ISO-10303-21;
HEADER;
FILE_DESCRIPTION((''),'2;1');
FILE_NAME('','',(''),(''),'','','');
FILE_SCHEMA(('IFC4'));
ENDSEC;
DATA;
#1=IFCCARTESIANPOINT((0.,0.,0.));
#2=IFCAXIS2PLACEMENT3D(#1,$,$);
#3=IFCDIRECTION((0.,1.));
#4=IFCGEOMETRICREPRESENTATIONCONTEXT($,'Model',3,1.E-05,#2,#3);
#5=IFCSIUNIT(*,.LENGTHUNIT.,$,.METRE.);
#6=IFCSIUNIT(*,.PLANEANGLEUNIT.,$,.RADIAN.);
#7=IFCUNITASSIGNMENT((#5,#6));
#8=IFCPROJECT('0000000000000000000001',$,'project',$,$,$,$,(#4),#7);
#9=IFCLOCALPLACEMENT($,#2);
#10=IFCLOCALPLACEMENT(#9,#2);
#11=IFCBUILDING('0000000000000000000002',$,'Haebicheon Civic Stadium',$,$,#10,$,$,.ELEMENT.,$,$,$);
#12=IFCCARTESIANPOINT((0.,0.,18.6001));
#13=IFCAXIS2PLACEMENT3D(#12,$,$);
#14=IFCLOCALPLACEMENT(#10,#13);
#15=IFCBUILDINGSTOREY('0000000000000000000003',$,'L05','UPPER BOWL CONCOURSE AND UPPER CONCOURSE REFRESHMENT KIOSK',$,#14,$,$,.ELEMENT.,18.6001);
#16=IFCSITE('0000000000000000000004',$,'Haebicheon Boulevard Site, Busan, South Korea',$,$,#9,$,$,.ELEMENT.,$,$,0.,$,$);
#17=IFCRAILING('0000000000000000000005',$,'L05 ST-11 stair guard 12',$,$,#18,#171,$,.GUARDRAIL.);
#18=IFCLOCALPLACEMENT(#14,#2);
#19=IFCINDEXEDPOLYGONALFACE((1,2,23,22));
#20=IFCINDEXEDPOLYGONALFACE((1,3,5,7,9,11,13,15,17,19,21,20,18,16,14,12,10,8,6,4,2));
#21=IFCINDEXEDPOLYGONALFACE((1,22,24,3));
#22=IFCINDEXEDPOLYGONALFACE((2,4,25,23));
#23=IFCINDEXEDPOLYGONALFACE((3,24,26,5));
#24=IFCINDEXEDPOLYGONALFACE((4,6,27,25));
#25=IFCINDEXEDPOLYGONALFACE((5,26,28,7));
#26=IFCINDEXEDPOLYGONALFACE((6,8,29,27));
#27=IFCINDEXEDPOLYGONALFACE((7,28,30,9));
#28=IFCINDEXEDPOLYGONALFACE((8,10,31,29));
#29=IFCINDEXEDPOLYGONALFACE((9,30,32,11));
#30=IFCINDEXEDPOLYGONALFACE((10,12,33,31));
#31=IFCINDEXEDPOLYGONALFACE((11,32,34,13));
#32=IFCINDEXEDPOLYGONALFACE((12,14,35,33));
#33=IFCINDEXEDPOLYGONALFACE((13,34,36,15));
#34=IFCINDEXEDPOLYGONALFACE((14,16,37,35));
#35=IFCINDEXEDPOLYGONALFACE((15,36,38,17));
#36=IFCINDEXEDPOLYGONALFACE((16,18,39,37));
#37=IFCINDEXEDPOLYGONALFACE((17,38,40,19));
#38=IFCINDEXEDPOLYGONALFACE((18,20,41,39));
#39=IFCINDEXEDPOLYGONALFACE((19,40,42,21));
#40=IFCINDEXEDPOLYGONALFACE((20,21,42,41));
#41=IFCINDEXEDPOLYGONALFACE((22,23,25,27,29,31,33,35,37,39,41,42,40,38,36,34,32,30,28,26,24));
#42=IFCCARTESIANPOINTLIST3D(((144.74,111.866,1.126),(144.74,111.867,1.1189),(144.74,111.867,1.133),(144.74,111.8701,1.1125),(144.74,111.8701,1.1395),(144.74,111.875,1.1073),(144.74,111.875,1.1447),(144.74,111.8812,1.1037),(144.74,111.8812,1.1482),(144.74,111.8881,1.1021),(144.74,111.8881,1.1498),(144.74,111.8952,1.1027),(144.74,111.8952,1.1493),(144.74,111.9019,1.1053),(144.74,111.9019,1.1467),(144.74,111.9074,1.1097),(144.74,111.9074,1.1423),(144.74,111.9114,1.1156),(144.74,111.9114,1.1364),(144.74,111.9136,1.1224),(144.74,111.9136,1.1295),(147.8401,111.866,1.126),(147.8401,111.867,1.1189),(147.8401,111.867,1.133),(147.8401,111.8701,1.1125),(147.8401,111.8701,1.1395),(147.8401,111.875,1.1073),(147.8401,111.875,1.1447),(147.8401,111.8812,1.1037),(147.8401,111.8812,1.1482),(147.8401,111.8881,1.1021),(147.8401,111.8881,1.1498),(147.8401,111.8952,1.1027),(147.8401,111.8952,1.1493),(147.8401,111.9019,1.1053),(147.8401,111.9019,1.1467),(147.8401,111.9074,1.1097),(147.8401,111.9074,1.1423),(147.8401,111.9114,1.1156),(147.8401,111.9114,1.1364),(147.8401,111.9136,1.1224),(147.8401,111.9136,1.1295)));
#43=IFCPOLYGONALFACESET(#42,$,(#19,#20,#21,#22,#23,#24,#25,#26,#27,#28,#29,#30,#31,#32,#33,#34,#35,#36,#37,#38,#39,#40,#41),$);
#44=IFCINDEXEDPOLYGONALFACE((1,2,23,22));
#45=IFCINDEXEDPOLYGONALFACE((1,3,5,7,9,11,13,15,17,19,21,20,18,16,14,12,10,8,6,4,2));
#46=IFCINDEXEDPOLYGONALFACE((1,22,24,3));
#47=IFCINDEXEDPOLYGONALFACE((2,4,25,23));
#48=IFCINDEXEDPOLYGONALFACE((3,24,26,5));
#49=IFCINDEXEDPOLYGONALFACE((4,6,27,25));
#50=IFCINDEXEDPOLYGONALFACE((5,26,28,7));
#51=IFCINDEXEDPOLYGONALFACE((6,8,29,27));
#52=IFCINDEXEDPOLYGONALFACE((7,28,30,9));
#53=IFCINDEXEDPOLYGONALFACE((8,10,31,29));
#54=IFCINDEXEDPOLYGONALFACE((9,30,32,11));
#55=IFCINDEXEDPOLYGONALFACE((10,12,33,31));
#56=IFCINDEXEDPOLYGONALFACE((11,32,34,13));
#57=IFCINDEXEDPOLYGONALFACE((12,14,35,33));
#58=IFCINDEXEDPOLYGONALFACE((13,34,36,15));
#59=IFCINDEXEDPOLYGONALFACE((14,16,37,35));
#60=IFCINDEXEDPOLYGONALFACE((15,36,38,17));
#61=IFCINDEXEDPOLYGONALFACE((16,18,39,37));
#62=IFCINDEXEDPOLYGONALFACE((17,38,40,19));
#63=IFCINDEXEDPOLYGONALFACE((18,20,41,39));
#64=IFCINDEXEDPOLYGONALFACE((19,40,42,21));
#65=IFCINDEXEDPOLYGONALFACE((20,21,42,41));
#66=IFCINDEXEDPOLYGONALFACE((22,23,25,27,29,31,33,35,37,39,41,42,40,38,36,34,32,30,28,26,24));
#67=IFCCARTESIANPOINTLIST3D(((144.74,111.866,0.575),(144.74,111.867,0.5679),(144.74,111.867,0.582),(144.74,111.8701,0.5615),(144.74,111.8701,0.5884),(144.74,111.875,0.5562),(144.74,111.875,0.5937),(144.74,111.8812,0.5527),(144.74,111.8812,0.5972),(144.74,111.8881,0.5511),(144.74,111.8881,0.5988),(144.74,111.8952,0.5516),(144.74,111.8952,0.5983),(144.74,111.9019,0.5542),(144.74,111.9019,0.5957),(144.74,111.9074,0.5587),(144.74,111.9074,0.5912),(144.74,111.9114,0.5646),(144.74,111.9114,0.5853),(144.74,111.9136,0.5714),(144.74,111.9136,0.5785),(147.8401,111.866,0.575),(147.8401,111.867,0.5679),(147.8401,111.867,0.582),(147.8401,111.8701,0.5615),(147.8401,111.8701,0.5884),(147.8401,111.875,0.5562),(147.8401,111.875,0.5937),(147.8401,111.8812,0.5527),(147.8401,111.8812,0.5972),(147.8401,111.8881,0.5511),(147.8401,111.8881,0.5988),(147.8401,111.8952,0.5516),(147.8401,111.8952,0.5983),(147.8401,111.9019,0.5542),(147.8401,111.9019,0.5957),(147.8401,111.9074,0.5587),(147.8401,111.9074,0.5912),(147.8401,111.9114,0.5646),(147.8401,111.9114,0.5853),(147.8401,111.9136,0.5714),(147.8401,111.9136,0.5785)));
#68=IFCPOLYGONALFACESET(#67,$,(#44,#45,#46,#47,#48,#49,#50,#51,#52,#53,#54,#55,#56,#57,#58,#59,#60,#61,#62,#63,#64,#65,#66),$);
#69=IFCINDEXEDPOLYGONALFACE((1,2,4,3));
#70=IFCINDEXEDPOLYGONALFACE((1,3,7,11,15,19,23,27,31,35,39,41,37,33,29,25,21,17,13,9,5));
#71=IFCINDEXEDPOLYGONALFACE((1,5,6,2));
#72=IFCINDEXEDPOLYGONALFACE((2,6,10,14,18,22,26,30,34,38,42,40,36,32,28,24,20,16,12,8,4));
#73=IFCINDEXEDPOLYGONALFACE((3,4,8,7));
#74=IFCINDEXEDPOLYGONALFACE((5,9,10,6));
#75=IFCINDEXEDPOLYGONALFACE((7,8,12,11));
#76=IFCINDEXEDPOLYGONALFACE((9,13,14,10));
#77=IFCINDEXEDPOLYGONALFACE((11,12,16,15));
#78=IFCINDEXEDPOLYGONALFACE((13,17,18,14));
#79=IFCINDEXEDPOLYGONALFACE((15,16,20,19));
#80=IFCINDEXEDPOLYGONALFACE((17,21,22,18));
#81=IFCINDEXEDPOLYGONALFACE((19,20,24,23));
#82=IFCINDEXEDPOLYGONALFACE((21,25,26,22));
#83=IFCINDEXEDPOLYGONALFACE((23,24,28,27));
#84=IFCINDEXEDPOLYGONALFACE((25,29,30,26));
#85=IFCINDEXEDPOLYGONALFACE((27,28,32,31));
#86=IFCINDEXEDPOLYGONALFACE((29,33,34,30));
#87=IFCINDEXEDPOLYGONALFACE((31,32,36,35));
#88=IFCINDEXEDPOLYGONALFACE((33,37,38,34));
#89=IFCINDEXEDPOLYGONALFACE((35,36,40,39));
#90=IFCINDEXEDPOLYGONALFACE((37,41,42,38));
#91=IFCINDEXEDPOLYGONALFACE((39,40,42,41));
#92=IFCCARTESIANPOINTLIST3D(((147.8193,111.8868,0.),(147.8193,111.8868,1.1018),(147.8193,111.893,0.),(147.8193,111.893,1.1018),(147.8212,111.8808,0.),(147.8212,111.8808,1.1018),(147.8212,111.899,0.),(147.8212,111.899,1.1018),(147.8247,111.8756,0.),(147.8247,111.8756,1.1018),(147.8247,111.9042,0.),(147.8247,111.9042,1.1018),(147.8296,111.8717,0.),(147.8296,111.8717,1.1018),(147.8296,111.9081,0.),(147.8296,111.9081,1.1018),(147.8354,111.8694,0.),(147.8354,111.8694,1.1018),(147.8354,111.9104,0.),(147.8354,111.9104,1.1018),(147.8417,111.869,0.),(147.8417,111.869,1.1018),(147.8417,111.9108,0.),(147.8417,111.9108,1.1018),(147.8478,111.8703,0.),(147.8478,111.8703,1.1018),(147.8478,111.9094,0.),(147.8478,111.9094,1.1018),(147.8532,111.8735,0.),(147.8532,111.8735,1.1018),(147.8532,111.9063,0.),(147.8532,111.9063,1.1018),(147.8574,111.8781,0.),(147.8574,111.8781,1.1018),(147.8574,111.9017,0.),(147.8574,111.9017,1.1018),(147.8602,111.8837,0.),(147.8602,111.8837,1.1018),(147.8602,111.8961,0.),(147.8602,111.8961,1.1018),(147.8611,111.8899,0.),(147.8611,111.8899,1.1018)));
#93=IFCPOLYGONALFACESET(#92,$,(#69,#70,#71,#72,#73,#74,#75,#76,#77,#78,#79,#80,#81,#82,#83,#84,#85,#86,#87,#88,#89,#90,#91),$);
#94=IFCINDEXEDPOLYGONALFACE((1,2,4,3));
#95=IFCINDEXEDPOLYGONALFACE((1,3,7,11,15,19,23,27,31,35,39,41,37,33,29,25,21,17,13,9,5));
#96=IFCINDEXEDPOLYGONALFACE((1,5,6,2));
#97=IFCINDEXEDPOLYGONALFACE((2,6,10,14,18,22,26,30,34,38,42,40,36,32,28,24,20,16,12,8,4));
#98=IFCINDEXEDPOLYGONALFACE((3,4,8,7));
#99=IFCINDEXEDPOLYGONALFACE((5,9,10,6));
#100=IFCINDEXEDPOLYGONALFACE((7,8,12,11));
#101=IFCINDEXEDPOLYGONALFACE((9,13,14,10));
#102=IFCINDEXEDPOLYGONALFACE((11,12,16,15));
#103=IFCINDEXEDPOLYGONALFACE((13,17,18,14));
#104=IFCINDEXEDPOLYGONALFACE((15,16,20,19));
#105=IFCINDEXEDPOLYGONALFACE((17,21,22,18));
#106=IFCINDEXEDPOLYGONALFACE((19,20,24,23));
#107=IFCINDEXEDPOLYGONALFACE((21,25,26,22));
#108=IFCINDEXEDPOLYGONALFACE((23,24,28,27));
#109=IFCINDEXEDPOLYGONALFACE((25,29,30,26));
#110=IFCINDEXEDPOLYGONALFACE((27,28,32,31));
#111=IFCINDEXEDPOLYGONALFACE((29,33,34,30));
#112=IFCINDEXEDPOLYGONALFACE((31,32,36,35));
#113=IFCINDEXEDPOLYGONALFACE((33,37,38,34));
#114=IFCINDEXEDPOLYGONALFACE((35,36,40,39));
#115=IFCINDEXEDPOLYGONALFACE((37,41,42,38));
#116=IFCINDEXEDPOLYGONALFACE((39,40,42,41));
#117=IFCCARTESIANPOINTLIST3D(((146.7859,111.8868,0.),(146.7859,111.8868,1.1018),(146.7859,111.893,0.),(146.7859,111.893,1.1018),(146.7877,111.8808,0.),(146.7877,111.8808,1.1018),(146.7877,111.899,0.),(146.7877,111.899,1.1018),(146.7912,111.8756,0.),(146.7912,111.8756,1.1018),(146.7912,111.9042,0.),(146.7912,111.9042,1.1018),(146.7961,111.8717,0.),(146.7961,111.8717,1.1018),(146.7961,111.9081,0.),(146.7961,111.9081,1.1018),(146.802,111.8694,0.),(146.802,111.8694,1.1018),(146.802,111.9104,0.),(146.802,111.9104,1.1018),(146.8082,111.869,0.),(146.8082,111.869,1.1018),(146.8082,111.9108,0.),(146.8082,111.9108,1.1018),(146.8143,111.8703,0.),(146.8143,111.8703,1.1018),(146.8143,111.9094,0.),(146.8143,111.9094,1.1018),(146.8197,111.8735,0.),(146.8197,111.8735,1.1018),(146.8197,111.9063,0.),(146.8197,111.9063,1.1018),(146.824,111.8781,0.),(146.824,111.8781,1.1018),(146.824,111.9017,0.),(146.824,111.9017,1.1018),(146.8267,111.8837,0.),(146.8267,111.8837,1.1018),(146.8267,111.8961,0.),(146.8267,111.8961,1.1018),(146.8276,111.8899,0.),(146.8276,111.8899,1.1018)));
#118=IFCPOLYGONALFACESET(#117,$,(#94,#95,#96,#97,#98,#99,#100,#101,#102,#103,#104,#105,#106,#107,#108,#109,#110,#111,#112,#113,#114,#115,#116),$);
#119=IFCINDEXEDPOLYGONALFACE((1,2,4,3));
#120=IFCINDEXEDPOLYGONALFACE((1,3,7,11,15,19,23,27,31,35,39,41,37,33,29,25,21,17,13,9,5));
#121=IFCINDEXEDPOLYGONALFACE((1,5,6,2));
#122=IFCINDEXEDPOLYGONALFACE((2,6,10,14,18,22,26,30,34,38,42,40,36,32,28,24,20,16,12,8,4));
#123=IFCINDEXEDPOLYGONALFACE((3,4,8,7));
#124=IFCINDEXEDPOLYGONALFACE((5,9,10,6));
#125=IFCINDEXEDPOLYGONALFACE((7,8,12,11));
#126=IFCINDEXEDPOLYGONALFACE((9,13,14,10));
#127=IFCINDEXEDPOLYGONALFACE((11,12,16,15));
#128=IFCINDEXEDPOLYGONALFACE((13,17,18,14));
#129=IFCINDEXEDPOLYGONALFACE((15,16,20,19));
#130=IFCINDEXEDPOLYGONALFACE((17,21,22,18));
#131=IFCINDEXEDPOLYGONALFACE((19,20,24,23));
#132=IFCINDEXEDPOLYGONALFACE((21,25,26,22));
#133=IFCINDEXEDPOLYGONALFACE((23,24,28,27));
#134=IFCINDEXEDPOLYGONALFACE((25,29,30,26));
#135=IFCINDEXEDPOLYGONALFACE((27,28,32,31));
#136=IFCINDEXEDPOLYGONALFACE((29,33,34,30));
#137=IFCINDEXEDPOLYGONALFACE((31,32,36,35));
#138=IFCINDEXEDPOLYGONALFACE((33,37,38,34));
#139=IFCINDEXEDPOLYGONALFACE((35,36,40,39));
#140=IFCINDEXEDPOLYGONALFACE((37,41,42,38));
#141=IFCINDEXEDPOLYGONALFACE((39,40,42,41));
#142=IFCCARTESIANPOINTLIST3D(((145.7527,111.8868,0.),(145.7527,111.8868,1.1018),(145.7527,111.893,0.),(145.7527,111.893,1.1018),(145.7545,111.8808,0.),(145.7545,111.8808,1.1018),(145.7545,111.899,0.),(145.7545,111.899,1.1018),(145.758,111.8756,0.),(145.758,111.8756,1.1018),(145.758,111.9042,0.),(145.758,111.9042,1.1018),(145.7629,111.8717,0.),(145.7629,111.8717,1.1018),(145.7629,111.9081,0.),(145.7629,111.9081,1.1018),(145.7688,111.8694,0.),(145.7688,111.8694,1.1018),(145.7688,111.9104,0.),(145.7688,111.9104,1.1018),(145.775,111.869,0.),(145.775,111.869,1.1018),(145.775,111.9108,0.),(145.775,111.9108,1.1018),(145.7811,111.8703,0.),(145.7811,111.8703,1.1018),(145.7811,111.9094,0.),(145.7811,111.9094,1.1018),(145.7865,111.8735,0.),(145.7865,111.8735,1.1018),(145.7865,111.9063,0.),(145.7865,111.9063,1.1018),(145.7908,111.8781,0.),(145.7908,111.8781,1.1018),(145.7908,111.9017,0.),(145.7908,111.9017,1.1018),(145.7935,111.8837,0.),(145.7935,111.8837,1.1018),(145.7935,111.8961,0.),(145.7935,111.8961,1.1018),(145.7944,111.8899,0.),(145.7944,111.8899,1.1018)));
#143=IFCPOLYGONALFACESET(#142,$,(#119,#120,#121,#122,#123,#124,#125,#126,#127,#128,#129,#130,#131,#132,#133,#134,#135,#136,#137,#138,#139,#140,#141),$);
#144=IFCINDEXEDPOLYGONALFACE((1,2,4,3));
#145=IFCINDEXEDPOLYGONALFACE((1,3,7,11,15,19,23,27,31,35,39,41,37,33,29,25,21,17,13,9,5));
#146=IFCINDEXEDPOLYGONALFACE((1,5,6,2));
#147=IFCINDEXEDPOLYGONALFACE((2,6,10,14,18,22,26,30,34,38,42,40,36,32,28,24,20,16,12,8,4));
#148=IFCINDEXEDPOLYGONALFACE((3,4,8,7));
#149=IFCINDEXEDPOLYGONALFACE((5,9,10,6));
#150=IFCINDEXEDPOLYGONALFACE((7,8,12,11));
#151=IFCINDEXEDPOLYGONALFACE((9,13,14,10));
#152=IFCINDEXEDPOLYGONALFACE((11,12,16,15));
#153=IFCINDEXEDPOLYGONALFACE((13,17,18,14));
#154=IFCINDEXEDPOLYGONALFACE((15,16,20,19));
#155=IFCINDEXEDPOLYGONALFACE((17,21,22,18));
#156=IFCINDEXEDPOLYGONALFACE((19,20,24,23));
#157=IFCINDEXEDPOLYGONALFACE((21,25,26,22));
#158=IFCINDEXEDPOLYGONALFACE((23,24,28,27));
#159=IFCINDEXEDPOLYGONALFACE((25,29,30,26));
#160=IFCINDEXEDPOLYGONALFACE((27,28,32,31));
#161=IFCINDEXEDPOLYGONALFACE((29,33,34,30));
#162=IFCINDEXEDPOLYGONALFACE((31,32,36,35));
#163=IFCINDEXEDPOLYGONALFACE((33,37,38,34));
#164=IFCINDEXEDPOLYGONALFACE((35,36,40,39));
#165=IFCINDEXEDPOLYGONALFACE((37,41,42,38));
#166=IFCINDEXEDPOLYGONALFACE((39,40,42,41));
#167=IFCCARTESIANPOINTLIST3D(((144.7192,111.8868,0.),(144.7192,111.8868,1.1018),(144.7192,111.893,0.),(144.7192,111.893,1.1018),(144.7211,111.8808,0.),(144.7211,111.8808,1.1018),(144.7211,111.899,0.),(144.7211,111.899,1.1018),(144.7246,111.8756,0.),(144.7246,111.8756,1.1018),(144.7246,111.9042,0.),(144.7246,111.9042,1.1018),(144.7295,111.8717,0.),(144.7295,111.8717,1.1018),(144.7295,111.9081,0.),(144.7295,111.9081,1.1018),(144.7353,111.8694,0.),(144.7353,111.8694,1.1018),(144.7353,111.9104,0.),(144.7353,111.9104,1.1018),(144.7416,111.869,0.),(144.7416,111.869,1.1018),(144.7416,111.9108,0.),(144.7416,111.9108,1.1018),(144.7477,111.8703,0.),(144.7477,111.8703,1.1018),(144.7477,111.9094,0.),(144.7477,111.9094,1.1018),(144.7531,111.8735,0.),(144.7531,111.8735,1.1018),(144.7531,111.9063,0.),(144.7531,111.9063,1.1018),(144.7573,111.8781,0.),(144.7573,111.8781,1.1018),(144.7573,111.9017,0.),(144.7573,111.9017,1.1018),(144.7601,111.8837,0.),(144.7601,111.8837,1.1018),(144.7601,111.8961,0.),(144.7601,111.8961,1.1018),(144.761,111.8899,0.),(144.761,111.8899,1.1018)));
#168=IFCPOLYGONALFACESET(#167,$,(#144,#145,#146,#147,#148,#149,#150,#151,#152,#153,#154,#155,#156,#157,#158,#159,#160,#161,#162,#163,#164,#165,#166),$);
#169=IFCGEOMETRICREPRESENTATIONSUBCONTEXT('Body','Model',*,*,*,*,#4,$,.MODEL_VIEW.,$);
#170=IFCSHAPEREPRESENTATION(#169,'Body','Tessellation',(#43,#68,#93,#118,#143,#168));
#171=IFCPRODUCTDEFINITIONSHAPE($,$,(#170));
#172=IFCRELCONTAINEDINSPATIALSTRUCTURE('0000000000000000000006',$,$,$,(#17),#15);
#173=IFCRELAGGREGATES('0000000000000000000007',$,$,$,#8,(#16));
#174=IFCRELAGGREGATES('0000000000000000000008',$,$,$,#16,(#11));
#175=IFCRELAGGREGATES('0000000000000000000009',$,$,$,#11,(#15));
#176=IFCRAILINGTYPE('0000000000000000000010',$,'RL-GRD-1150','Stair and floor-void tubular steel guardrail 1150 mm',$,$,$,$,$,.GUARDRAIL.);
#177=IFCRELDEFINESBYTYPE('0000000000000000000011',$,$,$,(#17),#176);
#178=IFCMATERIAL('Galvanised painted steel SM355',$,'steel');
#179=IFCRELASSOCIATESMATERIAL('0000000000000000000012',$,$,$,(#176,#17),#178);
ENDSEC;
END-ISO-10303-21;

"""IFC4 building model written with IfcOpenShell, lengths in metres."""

from ifc_helpers import new_model, si_unit, direction, frame, origin, origin_2d, place, context, subcontext, project, spatial, circle, extrude, material, type_object, element, save


model = new_model("IFC4")

# Units and contexts
model_context = context("Model", 3, precision=1e-05, world=origin(), true_north=direction((0.0, 1.0)))
body_context = subcontext(model_context, "Body", "Model", "MODEL_VIEW")
ifc_project = project(units=[si_unit("LENGTHUNIT", "METRE"), si_unit("PLANEANGLEUNIT", "RADIAN")], contexts=[model_context])

# Site, building, storey
site_placement = place(None, origin())
site = spatial("IfcSite", under=ifc_project, at=site_placement, Name="Haebicheon Boulevard Site, Busan, South Korea", CompositionType="ELEMENT", RefElevation=0.0)
building_placement = place(site_placement, origin())
building = spatial("IfcBuilding", under=site, at=building_placement, Name="Haebicheon Civic Stadium", CompositionType="ELEMENT")
storey_placement = place(building_placement, frame((0.0, 0.0, 18.6001)))
storey = spatial("IfcBuildingStorey", under=building, at=storey_placement, Name="L05", Description="UPPER BOWL CONCOURSE AND UPPER CONCOURSE REFRESHMENT KIOSK", CompositionType="ELEMENT", Elevation=18.6001)

# Railing
ifc_material_1 = material(Name="Galvanised painted steel SM355", Category="steel")
railing_type_1 = type_object("IfcRailingType", Name="RL-GRD-1150", Description="Stair and floor-void tubular steel guardrail 1150 mm", PredefinedType="GUARDRAIL", material=ifc_material_1)
railing_1_placement = place(storey_placement, frame((147.8401, 111.8899, 0.0)))
element("IfcRailing", 1, at=railing_1_placement, inside=storey, type_object=railing_type_1, material=ifc_material_1, Name="L05 ST-11 stair guard 12", PredefinedType="GUARDRAIL", context=body_context, shape_type="SweptSolid", body=[
    extrude(circle(Radius=0.0239, at=origin_2d()), frame((0.0, 0.0, 1.126), z_axis=(-1.0, 0.0, 0.0), x_axis=(0.0, -1.0, 0.0)), (0.0, 0.0, 1.0), 3.1001),
    extrude(circle(Radius=0.0239, at=origin_2d()), frame((0.0, 0.0, 0.575), z_axis=(-1.0, 0.0, 0.0), x_axis=(0.0, -1.0, 0.0)), (0.0, 0.0, 1.0), 3.1001),
    extrude(circle(Radius=0.021, at=origin_2d()), origin(), (0.0, 0.0, 1.0), 1.1018),
    extrude(circle(Radius=0.021, at=origin_2d()), frame((-1.0334, 0.0, 0.0)), (0.0, 0.0, 1.0), 1.1018),
    extrude(circle(Radius=0.021, at=origin_2d()), frame((-2.0667, 0.0, 0.0)), (0.0, 0.0, 1.0), 1.1018),
    extrude(circle(Radius=0.021, at=origin_2d()), frame((-3.1001, 0.0, 0.0)), (0.0, 0.0, 1.0), 1.1018),
])

save(model, "model.ifc")
